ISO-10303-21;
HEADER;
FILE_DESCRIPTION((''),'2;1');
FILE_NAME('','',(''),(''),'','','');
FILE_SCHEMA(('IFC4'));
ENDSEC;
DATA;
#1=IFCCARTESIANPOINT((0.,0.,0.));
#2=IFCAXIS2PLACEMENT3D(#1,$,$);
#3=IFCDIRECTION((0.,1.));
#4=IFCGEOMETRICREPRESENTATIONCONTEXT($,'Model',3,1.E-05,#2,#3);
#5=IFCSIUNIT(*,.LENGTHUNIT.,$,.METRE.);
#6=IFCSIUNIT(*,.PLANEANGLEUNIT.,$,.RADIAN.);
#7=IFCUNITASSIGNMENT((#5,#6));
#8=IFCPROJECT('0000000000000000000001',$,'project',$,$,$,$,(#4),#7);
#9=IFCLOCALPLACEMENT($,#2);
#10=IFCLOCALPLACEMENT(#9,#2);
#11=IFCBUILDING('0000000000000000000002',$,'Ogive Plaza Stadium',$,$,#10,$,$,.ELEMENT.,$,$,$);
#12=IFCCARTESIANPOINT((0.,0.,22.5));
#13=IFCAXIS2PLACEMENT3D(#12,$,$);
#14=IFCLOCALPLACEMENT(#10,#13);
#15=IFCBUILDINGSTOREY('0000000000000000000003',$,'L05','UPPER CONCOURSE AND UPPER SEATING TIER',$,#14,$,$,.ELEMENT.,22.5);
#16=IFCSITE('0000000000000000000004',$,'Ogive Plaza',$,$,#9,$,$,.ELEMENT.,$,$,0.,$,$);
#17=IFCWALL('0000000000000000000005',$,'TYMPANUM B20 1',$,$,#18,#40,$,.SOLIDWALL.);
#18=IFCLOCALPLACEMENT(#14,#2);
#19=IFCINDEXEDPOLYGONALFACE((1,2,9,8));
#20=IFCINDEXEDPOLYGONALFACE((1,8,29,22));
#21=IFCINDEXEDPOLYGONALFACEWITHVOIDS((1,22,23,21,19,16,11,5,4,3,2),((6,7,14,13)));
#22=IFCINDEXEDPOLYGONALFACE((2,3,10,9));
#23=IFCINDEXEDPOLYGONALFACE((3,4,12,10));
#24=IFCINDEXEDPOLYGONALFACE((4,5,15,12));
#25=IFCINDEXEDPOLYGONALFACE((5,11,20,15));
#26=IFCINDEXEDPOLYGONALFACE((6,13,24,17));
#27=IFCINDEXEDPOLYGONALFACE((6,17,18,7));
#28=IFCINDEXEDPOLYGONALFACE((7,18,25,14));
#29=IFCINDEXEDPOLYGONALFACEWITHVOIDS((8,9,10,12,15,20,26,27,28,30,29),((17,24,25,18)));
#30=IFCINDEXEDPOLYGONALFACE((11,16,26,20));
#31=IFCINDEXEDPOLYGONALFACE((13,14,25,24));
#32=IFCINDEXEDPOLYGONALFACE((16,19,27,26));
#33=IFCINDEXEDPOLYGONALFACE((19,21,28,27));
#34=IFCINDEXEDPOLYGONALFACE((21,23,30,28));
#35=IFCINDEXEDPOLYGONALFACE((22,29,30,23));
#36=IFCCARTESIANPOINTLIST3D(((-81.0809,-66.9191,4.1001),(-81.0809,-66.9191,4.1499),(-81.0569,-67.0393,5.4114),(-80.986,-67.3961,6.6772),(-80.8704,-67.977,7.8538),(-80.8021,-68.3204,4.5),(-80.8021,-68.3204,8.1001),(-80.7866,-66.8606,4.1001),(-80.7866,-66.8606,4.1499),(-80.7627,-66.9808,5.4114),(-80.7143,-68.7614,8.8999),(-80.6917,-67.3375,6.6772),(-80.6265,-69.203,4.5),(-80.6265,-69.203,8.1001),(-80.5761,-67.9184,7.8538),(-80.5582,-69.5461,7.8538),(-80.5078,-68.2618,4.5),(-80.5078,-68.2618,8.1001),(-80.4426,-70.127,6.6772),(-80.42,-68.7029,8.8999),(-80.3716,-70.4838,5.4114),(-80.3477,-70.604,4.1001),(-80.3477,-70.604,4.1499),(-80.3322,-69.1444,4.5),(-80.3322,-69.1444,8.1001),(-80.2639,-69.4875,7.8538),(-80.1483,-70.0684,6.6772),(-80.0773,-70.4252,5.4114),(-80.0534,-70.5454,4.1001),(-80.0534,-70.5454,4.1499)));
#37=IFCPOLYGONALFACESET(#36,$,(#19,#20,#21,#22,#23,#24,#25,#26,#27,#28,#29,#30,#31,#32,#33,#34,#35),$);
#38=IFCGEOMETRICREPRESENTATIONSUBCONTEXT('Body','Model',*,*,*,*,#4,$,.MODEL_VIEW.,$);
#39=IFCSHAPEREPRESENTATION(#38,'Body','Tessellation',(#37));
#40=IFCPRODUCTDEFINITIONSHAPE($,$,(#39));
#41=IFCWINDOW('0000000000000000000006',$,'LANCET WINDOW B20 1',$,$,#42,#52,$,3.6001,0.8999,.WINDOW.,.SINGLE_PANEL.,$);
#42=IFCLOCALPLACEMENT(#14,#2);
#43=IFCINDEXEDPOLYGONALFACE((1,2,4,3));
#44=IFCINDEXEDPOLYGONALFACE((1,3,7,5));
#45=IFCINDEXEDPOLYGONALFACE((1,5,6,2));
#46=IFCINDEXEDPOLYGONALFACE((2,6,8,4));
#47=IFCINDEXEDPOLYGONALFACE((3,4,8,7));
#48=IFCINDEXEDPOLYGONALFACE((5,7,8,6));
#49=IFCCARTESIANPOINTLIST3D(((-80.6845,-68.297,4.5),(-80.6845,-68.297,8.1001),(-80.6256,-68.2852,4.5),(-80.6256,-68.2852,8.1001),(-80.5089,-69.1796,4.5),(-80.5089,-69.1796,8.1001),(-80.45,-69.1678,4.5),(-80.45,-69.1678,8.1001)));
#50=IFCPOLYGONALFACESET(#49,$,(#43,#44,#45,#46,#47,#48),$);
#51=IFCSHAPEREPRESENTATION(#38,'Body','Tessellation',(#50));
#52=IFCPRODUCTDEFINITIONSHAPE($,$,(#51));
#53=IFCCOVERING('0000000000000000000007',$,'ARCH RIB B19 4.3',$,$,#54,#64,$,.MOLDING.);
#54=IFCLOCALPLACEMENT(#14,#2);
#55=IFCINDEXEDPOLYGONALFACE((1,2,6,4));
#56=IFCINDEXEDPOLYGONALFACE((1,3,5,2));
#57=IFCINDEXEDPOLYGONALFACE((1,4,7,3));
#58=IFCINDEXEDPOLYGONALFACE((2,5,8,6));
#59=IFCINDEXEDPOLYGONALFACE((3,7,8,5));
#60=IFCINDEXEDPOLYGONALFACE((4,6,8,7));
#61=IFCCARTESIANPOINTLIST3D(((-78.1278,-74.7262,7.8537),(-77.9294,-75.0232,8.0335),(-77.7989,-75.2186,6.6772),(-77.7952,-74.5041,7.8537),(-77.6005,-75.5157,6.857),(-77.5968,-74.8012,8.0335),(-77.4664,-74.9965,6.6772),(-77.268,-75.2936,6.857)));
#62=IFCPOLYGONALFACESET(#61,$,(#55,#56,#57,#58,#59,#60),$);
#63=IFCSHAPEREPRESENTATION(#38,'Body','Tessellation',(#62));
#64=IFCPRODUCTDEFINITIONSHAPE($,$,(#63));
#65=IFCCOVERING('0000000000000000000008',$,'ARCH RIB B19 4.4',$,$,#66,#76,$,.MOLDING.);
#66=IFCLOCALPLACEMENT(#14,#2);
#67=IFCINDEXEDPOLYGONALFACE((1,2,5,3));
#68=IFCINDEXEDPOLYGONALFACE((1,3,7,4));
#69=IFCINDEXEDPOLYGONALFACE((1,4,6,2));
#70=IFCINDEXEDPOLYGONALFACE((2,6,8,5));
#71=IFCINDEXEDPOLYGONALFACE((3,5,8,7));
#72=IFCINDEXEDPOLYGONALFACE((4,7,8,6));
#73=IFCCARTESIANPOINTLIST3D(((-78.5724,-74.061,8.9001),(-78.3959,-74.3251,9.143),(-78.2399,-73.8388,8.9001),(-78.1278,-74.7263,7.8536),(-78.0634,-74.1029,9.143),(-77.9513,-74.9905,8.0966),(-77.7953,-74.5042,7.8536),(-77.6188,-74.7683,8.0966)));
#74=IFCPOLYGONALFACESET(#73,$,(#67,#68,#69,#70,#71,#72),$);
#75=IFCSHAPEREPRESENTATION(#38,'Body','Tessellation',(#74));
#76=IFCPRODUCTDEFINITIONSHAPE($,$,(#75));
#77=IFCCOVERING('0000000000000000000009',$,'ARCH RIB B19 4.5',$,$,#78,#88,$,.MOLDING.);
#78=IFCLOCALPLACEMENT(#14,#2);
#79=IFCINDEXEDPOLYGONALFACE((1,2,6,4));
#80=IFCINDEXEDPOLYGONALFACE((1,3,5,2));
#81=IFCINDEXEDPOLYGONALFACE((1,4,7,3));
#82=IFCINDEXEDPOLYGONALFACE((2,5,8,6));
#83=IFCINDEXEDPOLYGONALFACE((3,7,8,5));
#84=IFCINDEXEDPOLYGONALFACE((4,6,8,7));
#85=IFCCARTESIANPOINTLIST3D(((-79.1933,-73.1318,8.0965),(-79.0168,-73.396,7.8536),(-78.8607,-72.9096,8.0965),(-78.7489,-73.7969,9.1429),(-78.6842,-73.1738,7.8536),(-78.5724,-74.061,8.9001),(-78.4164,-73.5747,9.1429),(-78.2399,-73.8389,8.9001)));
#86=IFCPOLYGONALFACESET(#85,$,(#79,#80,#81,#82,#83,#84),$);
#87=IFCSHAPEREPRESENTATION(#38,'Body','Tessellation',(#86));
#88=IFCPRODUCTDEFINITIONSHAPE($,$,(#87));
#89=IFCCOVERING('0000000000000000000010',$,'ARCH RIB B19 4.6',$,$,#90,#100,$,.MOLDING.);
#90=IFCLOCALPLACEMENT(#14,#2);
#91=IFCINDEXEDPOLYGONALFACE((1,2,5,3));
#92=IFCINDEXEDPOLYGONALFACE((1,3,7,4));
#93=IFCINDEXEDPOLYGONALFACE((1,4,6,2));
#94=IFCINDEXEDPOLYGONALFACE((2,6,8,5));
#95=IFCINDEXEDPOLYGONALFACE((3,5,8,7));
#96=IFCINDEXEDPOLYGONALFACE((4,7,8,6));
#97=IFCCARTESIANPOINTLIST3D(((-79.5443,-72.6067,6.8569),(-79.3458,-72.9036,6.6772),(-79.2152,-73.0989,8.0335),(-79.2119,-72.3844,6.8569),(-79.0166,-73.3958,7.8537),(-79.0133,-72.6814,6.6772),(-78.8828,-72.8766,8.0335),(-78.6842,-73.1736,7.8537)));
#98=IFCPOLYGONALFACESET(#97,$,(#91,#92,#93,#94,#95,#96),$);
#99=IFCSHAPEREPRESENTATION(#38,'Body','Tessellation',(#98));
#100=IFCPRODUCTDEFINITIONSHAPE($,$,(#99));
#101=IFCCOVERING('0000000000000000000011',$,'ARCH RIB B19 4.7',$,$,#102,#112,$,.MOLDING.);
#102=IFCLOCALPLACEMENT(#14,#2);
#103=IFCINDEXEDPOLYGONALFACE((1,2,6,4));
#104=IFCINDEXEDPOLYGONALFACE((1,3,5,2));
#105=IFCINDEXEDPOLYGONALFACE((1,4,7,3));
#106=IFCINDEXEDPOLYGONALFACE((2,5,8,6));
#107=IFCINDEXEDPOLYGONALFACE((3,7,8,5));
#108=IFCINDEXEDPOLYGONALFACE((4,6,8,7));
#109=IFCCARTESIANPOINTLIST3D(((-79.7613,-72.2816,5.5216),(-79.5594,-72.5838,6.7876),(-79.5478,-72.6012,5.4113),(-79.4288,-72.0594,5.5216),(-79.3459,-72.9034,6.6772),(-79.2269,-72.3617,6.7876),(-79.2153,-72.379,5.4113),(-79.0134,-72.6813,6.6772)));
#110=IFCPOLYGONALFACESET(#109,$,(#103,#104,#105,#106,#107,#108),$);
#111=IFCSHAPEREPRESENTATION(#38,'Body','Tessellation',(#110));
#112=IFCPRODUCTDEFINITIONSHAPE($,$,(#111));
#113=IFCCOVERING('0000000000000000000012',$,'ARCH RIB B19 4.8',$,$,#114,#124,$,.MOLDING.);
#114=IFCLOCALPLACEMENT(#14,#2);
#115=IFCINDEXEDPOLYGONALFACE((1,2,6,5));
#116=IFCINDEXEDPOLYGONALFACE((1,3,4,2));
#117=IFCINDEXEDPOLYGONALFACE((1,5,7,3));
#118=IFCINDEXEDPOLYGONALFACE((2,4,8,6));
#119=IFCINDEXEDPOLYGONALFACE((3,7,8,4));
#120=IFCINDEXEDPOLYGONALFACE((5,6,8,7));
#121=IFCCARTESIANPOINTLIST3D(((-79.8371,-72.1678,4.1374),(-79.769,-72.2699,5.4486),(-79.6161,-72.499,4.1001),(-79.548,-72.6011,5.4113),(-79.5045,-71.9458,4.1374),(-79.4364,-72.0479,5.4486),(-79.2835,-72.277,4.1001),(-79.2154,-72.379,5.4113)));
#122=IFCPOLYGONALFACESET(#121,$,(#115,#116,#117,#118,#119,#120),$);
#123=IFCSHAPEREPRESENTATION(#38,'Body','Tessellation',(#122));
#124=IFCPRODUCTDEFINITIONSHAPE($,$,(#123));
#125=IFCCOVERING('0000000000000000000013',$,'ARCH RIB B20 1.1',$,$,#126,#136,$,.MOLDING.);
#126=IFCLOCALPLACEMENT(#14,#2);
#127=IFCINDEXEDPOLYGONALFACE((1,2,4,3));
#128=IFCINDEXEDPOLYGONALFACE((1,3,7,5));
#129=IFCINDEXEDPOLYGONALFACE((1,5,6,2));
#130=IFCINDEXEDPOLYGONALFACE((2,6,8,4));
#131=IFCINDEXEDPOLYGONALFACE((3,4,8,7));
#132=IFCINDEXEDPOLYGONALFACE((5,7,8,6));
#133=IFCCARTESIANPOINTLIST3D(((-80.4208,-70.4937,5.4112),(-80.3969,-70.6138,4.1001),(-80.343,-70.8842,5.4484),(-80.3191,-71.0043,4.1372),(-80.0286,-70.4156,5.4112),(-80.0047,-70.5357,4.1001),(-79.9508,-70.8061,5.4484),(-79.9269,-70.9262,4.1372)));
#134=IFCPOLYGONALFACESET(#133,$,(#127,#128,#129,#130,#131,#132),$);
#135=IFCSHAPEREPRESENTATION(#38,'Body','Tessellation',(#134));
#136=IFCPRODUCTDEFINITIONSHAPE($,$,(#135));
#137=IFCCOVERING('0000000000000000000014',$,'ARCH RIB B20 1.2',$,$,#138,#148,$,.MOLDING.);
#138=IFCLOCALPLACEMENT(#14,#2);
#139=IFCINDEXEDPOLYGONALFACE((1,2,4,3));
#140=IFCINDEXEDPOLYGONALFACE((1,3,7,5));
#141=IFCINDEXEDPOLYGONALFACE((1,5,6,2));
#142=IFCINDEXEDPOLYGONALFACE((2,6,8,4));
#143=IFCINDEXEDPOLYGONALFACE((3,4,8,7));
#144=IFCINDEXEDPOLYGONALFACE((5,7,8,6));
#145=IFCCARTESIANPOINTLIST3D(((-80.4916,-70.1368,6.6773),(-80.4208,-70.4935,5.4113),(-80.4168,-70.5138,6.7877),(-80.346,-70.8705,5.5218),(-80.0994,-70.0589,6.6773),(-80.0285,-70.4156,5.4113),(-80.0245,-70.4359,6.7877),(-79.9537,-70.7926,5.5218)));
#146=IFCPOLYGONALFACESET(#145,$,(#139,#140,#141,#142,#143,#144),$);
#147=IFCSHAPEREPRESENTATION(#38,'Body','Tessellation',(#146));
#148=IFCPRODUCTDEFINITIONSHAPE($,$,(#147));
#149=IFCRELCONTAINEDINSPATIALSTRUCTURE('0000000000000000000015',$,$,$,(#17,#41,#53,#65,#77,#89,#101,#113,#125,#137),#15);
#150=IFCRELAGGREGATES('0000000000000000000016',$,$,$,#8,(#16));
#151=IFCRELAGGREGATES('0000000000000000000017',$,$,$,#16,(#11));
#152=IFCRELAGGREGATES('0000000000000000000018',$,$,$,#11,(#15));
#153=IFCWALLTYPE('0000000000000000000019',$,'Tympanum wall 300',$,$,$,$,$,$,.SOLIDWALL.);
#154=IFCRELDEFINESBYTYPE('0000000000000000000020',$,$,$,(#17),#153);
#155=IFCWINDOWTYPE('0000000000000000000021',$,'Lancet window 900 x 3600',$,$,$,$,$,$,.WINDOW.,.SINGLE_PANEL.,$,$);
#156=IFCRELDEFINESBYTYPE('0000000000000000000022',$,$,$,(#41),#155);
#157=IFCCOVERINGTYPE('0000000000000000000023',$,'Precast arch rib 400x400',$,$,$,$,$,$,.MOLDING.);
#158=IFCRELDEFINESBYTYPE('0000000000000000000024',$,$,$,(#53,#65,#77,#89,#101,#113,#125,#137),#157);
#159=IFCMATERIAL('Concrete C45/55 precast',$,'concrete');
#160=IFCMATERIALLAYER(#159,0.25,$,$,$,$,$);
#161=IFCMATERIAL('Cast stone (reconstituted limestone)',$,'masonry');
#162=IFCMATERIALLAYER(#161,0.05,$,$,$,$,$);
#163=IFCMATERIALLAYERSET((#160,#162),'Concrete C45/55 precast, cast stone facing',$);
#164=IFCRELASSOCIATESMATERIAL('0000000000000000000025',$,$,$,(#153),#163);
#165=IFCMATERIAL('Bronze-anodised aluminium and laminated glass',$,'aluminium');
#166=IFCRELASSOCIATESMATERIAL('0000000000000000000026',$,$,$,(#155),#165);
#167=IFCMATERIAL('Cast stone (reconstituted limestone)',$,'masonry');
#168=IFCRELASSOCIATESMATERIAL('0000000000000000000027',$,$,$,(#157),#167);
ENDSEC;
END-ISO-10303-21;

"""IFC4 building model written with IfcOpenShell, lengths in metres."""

from ifc_helpers import new_model, si_unit, direction, frame, frame_2d, origin, origin_2d, place, context, subcontext, project, spatial, polyline, rectangle, outline, extrude, material, layer, layer_set, material_profile, profile_set, type_object, element, fill, save


model = new_model("IFC4")

# Units and contexts
model_context = context("Model", 3, precision=1e-05, world=origin(), true_north=direction((0.0, 1.0)))
body_context = subcontext(model_context, "Body", "Model", "MODEL_VIEW")
ifc_project = project(units=[si_unit("LENGTHUNIT", "METRE"), si_unit("PLANEANGLEUNIT", "RADIAN")], contexts=[model_context])

# Site, building, storey
site_placement = place(None, origin())
site = spatial("IfcSite", under=ifc_project, at=site_placement, Name="Ogive Plaza", CompositionType="ELEMENT", RefElevation=0.0)
building_placement = place(site_placement, origin())
building = spatial("IfcBuilding", under=site, at=building_placement, Name="Ogive Plaza Stadium", CompositionType="ELEMENT")
storey_placement = place(building_placement, frame((0.0, 0.0, 22.5)))
storey = spatial("IfcBuildingStorey", under=building, at=storey_placement, Name="L05", Description="UPPER CONCOURSE AND UPPER SEATING TIER", CompositionType="ELEMENT", Elevation=22.5)

# Wall, opening, window
ifc_material_1 = material(Name="Concrete C45/55 precast", Category="concrete")
ifc_layer_1 = layer(ifc_material_1, 0.25)
ifc_material_2 = material(Name="Cast stone (reconstituted limestone)", Category="masonry")
ifc_layer_2 = layer(ifc_material_2, 0.05)
ifc_layer_set_1 = layer_set([ifc_layer_1, ifc_layer_2], Name="Concrete C45/55 precast, cast stone facing")
wall_type = type_object("IfcWallType", Name="Tympanum wall 300", PredefinedType="SOLIDWALL", material=ifc_layer_set_1)
wall_placement = place(storey_placement, frame((-80.2007, -70.5747, 4.1001), z_axis=(0.0, 0.0, 1.0), x_axis=(-0.195141, 0.980775, 0.0)))
wall = element("IfcWall", 1, at=wall_placement, inside=storey, type_object=wall_type, Name="TYMPANUM B20 1", PredefinedType="SOLIDWALL", context=body_context, shape_type="SweptSolid", body=[
    extrude(outline(polyline([(0.0, 0.0), (3.7571, 0.0), (3.7571, 0.0498), (3.6345, 1.3113), (3.2708, 2.5771), (2.6785, 3.7537), (1.8787, 4.7998), (1.0786, 3.7537), (0.4863, 2.5771), (0.1226, 1.3113), (0.0, 0.0498), (0.0, 0.0)])), frame((0.0, 0.1499, 0.0), z_axis=(0.0, -1.0, 0.0), x_axis=(1.0, 0.0, 0.0)), (0.0, 0.0, 1.0), 0.3),
])
opening_placement = place(wall_placement, frame((1.4285, 0.0, 0.3999)))
opening = element("IfcOpeningElement", 2, at=opening_placement, cuts=wall, PredefinedType="OPENING", context=body_context, shape_type="SweptSolid", body=[
    extrude(rectangle(XDim=0.8999, YDim=3.6001, at=frame_2d((0.45, 1.8))), frame((0.0, 0.1602, 0.0), z_axis=(0.0, -1.0, 0.0), x_axis=(1.0, 0.0, 0.0)), (0.0, 0.0, 1.0), 0.3201),
])
ifc_material_3 = material(Name="Bronze-anodised aluminium and laminated glass", Category="aluminium")
window_type = type_object("IfcWindowType", Name="Lancet window 900 x 3600", PartitioningType="SINGLE_PANEL", PredefinedType="WINDOW", material=ifc_material_3)
window_placement = place(opening_placement, origin())
window = element("IfcWindow", 3, at=window_placement, inside=storey, type_object=window_type, Name="LANCET WINDOW B20 1", OverallHeight=3.6001, OverallWidth=0.8999, PartitioningType="SINGLE_PANEL", PredefinedType="WINDOW", context=body_context, shape_type="SweptSolid", body=[
    extrude(rectangle(XDim=0.8999, YDim=3.6001, at=frame_2d((0.45, 1.8))), frame((0.0, 0.03, 0.0), z_axis=(0.0, -1.0, 0.0), x_axis=(1.0, 0.0, 0.0)), (0.0, 0.0, 1.0), 0.0601),
])
fill(opening, window)

# Coverings
ifc_material_4 = material(Name="Cast stone (reconstituted limestone)", Category="masonry")
ifc_material_profile_1 = material_profile(ifc_material_4, rectangle(XDim=0.3999, YDim=0.3999, at=origin_2d()), Name="Cast stone 400x400")
ifc_profile_set_1 = profile_set([ifc_material_profile_1], Name="Cast stone (reconstituted limestone)")
covering_type = type_object("IfcCoveringType", Name="Precast arch rib 400x400", PredefinedType="MOLDING", material=ifc_profile_set_1)
covering_1_placement = place(storey_placement, frame((-77.5334, -75.2561, 6.7671), z_axis=(-0.249678, 0.373868, 0.893243), x_axis=(-0.831606, -0.555366, 0.0)))
element("IfcCovering", 4, at=covering_1_placement, inside=storey, type_object=covering_type, Name="ARCH RIB B19 4.3", PredefinedType="MOLDING", context=body_context, shape_type="SweptSolid", body=[
    extrude(rectangle(XDim=0.3999, YDim=0.3999, at=origin_2d()), origin(), (0.0, 0.0, 1.0), 1.3171),
])
covering_2_placement = place(storey_placement, frame((-77.8733, -74.7473, 7.9751), z_axis=(-0.337503, 0.50505, 0.794365), x_axis=(-0.83144, -0.555615, 0.0)))
element("IfcCovering", 5, at=covering_2_placement, inside=storey, type_object=covering_type, Name="ARCH RIB B19 4.4", PredefinedType="MOLDING", context=body_context, shape_type="SweptSolid", body=[
    extrude(rectangle(XDim=0.3999, YDim=0.3999, at=origin_2d()), origin(), (0.0, 0.0, 1.0), 1.3174),
])
for number, where, z_axis, x_axis, name in (
    (6, (-78.4944, -73.8179, 9.0215), (-0.337371, 0.504944, -0.794489), (-0.831486, -0.555545, 0.0), "ARCH RIB B19 4.5"),
    (7, (-78.9497, -73.1362, 7.9436), (-0.249869, 0.373692, -0.893264), (-0.831288, -0.555842, 0.0), "ARCH RIB B19 4.6"),
    (8, (-79.2864, -72.6326, 6.7324), (-0.153304, 0.229492, -0.961161), (-0.831533, -0.555475, 0.0), "ARCH RIB B19 4.7"),
):
    element("IfcCovering", number, at=place(storey_placement, frame(where, z_axis=z_axis, x_axis=x_axis)), inside=storey, type_object=covering_type, Name=name, PredefinedType="MOLDING", context=body_context, shape_type="SweptSolid", body=[
        extrude(rectangle(XDim=0.3999, YDim=0.3999, at=origin_2d()), origin(), (0.0, 0.0, 1.0), 1.3171),
    ])
for number, where, z_axis, x_axis, name in (
    (9, (-79.4922, -72.3245, 5.4299), (-0.05172, 0.077487, -0.995651), (-0.831744, -0.555159, 0.0), "ARCH RIB B19 4.8"),
    (10, (-80.1619, -70.77, 4.1187), (-0.018167, 0.091206, 0.995666), (-0.980734, -0.195349, 0.0), "ARCH RIB B20 1.1"),
):
    element("IfcCovering", number, at=place(storey_placement, frame(where, z_axis=z_axis, x_axis=x_axis)), inside=storey, type_object=covering_type, Name=name, PredefinedType="MOLDING", context=body_context, shape_type="SweptSolid", body=[
        extrude(rectangle(XDim=0.3999, YDim=0.3999, at=origin_2d()), origin(), (0.0, 0.0, 1.0), 1.3169),
    ])
covering_3_placement = place(storey_placement, frame((-80.1873, -70.6431, 5.4666), z_axis=(-0.053756, 0.270821, 0.961128), x_axis=(-0.980864, -0.194696, 0.0)))
element("IfcCovering", 11, at=covering_3_placement, inside=storey, type_object=covering_type, Name="ARCH RIB B20 1.2", PredefinedType="MOLDING", context=body_context, shape_type="SweptSolid", body=[
    extrude(rectangle(XDim=0.3999, YDim=0.3999, at=origin_2d()), origin(), (0.0, 0.0, 1.0), 1.3171),
])

save(model, "model.ifc")
